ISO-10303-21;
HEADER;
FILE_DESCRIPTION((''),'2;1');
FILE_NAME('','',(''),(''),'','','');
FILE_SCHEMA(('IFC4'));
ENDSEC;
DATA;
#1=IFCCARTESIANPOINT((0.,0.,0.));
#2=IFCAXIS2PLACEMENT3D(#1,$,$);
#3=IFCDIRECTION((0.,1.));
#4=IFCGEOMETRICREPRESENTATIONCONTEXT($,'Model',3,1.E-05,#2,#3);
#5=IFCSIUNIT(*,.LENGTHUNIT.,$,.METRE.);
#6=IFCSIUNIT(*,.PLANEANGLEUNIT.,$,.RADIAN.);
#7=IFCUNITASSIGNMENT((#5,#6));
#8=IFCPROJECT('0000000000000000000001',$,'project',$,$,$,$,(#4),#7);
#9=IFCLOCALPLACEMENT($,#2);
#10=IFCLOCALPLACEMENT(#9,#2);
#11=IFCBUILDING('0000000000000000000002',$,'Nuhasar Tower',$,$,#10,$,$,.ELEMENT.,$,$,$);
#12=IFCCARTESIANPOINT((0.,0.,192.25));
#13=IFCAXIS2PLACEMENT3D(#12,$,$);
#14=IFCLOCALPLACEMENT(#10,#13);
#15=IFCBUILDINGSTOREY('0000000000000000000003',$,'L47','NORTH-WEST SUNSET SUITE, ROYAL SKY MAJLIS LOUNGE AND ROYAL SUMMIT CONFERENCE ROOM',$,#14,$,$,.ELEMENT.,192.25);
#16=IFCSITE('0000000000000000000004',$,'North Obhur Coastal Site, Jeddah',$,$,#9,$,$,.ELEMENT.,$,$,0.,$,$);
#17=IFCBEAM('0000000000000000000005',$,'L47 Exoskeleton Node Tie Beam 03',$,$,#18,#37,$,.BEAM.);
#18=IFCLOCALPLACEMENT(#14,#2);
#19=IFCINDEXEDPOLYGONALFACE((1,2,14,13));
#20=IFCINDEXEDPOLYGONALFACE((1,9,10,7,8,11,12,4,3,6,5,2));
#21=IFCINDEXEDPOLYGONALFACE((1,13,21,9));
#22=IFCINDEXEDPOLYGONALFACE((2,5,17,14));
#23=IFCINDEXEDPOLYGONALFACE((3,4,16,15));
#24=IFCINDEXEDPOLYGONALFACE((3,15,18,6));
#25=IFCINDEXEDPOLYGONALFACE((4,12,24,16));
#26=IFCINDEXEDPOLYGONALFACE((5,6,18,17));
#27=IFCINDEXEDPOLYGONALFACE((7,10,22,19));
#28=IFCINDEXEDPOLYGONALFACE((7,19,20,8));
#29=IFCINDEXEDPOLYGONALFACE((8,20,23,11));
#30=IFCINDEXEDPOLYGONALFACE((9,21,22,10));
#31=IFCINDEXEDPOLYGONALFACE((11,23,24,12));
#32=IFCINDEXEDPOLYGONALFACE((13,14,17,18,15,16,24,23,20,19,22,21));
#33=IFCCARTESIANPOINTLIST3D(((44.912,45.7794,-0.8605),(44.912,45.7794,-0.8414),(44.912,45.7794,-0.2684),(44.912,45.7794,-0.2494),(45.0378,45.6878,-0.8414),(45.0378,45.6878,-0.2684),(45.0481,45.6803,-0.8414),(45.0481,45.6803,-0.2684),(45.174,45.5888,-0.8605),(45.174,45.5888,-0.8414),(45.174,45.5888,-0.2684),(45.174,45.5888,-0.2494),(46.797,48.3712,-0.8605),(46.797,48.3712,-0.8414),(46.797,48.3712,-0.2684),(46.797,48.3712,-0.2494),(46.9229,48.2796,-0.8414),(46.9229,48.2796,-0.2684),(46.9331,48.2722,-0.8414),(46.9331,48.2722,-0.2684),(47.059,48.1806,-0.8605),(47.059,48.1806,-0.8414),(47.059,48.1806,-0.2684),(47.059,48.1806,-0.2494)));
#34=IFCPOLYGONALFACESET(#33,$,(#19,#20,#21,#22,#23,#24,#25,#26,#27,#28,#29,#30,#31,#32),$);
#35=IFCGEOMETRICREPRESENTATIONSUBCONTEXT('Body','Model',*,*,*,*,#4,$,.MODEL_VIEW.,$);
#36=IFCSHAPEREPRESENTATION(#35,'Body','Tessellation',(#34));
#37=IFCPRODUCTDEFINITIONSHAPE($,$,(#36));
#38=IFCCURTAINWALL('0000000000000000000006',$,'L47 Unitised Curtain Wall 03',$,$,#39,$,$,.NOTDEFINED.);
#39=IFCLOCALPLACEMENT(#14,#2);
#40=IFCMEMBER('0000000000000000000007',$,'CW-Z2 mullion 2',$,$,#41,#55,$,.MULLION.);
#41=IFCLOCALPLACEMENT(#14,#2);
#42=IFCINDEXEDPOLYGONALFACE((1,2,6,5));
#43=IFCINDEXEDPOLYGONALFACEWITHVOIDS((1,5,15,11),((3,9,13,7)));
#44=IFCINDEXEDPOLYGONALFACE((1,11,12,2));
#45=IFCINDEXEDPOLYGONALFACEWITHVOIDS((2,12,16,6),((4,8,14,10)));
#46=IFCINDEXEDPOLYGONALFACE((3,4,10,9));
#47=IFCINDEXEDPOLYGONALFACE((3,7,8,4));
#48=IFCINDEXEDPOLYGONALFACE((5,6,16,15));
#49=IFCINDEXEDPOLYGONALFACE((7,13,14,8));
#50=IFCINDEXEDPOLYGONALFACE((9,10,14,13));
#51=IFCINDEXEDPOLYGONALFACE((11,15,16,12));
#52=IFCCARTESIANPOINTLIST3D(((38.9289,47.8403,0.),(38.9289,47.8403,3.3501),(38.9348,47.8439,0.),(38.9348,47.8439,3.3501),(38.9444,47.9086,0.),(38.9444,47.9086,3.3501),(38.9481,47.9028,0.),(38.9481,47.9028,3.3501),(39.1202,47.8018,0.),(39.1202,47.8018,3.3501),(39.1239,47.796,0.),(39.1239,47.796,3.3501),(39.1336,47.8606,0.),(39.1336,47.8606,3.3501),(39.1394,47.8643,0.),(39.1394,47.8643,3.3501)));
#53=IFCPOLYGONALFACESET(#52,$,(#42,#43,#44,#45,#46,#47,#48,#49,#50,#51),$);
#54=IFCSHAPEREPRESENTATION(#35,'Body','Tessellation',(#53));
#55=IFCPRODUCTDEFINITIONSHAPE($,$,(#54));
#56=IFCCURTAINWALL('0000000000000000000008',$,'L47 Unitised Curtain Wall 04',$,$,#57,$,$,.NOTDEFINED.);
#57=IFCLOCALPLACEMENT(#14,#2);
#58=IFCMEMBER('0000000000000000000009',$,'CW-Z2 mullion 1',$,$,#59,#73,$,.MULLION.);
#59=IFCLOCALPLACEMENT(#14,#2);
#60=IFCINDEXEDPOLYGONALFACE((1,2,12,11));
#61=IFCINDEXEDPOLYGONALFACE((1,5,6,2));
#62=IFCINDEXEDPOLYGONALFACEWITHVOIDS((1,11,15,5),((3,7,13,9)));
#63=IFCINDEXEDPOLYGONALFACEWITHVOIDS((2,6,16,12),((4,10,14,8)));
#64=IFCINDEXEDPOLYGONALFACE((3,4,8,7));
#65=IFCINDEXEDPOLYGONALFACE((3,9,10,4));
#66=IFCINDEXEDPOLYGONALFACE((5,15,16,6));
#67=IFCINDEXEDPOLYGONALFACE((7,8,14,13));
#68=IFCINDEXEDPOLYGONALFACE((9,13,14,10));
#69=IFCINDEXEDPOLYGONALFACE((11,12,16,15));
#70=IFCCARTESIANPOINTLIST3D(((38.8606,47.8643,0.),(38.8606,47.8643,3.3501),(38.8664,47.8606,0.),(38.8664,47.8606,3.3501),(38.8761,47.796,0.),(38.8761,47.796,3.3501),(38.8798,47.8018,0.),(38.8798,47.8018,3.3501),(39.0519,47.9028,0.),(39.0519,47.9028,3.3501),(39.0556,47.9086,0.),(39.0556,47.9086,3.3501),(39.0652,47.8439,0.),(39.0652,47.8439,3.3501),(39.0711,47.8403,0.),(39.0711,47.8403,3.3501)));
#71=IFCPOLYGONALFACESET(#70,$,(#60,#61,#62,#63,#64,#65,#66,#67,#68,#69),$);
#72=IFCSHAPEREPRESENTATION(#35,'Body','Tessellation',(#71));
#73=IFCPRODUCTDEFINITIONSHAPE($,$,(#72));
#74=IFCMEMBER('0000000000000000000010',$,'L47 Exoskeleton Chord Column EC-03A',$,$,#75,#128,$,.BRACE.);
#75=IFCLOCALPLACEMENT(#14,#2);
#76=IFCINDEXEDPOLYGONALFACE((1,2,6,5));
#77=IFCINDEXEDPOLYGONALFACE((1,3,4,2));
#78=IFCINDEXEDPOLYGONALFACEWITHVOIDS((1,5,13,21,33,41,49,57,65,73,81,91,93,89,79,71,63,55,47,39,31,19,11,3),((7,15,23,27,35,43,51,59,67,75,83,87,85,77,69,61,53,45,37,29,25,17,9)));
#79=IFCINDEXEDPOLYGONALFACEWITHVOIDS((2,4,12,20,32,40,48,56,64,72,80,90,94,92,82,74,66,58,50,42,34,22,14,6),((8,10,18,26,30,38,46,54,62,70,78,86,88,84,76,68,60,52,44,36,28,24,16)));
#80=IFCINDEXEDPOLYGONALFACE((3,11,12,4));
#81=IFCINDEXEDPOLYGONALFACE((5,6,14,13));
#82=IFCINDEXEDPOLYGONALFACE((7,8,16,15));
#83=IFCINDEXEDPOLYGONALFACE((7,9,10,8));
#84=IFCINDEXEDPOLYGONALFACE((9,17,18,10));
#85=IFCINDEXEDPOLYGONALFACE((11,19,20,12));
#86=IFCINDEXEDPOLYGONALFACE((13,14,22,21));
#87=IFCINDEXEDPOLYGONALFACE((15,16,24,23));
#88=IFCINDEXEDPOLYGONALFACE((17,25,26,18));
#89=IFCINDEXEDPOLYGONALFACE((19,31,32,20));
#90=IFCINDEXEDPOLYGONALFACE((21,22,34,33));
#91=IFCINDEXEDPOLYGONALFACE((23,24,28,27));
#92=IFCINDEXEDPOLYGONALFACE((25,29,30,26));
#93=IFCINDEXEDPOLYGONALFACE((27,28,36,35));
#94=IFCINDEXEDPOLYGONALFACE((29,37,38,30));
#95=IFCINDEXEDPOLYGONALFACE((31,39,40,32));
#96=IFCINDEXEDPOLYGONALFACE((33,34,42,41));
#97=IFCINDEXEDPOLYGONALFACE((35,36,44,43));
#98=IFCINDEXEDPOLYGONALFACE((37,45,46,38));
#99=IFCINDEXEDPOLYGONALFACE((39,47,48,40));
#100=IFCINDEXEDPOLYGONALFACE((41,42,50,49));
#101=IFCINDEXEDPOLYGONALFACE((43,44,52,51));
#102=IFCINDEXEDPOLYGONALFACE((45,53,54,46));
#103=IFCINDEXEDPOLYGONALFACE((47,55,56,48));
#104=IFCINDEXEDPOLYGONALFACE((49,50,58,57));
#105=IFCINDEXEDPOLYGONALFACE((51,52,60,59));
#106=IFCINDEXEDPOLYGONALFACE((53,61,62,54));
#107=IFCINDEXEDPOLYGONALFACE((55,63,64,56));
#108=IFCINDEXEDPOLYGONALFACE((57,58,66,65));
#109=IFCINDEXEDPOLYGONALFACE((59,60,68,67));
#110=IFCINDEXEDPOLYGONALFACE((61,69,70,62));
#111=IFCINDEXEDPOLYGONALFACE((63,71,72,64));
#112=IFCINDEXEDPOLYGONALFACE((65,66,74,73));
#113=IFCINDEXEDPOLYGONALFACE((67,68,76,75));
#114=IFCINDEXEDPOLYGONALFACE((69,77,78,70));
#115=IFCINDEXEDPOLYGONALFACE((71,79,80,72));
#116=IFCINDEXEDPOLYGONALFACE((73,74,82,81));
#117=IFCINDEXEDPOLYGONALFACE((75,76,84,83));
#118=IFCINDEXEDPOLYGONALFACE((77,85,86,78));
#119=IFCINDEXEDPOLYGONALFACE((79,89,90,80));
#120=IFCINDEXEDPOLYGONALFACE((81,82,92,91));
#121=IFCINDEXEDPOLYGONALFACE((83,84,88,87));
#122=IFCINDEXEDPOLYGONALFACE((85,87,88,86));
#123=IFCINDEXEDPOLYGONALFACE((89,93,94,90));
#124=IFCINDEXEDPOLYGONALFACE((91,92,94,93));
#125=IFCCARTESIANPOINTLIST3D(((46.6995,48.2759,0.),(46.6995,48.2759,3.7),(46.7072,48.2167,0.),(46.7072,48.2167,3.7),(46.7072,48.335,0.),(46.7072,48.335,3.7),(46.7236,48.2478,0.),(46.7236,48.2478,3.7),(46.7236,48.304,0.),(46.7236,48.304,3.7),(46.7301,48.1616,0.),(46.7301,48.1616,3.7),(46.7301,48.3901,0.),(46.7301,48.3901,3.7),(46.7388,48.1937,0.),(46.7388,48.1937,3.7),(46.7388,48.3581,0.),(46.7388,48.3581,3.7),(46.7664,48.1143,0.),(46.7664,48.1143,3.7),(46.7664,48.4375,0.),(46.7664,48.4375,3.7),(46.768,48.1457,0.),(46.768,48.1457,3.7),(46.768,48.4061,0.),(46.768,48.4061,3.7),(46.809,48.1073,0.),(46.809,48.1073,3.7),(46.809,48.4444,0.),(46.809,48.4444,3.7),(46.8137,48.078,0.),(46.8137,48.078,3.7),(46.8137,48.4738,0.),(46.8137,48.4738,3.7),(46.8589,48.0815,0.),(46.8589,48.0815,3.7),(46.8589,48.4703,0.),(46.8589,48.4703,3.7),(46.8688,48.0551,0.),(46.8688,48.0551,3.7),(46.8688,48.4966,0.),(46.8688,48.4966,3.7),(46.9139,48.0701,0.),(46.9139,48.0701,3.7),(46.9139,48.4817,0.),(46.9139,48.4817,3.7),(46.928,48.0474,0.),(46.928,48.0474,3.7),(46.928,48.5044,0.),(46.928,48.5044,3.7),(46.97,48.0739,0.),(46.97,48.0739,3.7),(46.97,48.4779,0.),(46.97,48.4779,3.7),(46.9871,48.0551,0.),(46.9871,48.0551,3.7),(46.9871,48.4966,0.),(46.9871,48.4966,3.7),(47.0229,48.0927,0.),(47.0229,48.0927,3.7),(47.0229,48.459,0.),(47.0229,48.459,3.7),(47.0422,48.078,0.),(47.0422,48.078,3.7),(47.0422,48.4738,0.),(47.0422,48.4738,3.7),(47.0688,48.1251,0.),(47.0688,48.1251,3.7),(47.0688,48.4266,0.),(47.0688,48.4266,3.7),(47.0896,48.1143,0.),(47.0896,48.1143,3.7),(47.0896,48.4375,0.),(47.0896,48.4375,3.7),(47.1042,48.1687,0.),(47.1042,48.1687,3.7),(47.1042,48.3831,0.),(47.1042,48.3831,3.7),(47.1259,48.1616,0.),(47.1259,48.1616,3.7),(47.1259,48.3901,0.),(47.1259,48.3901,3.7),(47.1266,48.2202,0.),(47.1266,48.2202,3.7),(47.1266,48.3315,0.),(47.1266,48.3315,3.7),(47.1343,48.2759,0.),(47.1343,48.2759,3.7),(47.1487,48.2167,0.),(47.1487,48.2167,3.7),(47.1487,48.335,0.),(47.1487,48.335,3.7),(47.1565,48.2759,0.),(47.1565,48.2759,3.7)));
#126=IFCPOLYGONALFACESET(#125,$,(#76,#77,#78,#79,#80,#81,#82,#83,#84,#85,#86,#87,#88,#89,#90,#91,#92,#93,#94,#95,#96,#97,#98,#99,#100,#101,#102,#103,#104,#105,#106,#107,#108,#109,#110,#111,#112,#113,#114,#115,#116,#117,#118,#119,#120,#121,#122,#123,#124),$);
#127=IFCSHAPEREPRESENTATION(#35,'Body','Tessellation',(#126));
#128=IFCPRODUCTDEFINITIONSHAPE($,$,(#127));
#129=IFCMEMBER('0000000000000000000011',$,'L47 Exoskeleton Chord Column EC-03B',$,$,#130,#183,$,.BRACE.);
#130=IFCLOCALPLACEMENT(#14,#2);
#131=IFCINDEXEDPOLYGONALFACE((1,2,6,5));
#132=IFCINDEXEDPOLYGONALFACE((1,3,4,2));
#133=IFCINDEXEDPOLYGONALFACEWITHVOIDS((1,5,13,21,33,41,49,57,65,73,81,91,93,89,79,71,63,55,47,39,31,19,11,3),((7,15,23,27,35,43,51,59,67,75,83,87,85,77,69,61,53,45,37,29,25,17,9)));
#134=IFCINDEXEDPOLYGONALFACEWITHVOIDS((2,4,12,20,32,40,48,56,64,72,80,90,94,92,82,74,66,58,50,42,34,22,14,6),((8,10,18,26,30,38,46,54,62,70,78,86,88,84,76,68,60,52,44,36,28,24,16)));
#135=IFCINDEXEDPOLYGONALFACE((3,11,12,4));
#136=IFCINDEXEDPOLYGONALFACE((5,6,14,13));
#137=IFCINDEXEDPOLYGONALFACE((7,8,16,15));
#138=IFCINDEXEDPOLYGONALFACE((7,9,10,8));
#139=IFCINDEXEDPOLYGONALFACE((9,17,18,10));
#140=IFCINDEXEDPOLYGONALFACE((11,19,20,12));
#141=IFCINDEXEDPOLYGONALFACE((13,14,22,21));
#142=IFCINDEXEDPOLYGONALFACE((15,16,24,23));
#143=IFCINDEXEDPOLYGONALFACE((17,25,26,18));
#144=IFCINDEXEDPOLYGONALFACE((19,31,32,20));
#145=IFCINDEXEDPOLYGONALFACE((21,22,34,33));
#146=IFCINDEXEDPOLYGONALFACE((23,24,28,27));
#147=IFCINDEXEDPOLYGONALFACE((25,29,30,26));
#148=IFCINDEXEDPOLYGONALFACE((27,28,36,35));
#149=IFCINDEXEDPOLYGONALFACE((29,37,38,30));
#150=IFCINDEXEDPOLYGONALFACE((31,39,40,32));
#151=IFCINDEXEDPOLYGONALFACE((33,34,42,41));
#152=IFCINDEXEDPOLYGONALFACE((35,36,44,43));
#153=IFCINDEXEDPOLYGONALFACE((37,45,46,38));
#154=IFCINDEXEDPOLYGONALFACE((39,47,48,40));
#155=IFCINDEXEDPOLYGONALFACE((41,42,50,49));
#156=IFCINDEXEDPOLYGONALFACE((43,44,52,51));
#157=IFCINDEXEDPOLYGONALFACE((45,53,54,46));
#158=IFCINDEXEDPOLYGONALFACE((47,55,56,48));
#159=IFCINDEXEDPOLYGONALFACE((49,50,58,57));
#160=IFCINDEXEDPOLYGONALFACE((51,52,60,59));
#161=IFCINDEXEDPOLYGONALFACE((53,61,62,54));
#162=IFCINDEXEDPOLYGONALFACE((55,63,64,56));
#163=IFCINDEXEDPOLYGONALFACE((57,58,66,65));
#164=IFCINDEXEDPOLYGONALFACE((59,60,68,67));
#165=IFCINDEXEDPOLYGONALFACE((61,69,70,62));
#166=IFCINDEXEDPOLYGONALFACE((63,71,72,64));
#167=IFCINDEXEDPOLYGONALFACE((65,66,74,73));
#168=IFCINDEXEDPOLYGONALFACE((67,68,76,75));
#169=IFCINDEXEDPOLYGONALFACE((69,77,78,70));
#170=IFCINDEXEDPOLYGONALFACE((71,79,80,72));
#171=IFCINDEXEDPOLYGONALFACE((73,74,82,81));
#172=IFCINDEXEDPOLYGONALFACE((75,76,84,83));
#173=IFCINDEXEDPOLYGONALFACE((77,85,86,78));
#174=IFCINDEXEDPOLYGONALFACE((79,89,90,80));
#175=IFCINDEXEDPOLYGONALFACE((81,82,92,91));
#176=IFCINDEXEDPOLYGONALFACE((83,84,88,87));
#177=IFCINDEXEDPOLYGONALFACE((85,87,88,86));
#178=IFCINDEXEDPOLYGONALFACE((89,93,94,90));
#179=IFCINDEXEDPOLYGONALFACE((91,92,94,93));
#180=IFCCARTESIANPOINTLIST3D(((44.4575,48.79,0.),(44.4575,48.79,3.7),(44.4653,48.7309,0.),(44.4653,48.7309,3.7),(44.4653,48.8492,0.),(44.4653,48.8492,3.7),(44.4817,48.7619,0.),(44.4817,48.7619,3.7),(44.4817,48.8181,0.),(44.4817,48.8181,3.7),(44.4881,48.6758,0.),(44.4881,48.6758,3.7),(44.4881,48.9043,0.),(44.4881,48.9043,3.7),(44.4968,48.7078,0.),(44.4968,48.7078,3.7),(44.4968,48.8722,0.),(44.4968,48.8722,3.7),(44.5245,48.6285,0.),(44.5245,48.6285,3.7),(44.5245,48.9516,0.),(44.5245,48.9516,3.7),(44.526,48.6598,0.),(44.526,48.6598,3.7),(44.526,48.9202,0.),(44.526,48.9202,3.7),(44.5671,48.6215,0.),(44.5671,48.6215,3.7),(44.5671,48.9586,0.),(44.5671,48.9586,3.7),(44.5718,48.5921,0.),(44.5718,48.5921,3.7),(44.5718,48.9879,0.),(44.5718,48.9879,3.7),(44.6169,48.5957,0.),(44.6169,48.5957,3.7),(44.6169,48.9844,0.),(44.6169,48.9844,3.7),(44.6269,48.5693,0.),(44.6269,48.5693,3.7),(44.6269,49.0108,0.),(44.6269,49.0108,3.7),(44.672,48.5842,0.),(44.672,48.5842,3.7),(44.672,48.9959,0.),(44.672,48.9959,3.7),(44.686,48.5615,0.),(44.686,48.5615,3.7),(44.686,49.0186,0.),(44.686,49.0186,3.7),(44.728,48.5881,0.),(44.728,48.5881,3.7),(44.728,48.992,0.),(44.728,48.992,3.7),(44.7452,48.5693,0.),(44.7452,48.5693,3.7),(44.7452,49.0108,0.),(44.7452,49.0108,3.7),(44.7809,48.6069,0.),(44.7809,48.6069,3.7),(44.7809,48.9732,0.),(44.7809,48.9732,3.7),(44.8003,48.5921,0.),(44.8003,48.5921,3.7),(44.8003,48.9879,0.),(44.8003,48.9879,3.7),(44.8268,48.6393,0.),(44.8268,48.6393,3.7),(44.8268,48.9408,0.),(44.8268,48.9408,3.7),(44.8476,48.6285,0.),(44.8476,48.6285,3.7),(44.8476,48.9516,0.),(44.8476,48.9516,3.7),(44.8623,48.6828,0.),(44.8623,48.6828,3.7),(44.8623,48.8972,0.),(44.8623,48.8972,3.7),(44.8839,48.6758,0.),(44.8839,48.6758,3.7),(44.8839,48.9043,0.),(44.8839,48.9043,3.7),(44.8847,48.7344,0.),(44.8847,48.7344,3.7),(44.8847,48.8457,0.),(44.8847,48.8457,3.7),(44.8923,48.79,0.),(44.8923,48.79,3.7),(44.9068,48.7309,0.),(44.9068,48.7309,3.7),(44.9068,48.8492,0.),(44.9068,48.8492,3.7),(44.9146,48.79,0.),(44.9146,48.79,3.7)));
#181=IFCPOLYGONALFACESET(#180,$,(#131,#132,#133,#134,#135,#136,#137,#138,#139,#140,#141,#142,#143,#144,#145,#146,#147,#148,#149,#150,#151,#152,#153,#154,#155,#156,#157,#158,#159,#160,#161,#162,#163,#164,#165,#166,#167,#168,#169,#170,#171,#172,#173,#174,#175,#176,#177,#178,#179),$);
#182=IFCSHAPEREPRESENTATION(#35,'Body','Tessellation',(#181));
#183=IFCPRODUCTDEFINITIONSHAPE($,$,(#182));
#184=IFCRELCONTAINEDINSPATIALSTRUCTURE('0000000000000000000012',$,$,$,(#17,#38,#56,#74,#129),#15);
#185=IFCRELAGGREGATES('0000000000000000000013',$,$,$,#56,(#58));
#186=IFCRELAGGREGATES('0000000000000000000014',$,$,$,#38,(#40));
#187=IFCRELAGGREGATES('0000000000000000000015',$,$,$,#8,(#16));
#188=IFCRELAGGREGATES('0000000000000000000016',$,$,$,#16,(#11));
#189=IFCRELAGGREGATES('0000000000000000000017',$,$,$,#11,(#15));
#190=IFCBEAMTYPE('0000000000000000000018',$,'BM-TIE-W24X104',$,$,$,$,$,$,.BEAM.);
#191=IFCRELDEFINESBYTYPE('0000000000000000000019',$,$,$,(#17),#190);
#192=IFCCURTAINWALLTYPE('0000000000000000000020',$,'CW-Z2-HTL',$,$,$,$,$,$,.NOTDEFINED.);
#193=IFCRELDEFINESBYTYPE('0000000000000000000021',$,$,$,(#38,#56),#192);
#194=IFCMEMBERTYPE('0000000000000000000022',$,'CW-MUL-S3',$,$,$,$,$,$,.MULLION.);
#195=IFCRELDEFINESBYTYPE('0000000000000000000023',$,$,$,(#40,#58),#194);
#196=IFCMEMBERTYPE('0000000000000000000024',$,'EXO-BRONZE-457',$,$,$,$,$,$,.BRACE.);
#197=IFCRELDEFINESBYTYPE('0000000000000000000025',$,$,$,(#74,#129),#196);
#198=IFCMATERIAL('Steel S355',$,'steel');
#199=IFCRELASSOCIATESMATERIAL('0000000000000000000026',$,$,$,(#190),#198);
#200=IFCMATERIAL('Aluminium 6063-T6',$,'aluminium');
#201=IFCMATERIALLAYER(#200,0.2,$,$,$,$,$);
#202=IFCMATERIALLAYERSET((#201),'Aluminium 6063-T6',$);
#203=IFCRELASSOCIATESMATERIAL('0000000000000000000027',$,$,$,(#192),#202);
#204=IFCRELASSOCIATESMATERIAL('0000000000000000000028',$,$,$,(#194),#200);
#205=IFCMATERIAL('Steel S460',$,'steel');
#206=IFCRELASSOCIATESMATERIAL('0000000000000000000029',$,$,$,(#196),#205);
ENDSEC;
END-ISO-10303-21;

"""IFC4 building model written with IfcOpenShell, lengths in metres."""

from ifc_helpers import new_model, si_unit, direction, frame, origin, origin_2d, place, context, subcontext, project, spatial, hollow_rectangle, hollow_circle, i_section, extrude, material, layer, layer_set, material_profile, profile_set, type_object, element, aggregate, save


model = new_model("IFC4")

# Units and contexts
model_context = context("Model", 3, precision=1e-05, world=origin(), true_north=direction((0.0, 1.0)))
body_context = subcontext(model_context, "Body", "Model", "MODEL_VIEW")
ifc_project = project(units=[si_unit("LENGTHUNIT", "METRE"), si_unit("PLANEANGLEUNIT", "RADIAN")], contexts=[model_context])

# Site, building, storey
site_placement = place(None, origin())
site = spatial("IfcSite", under=ifc_project, at=site_placement, Name="North Obhur Coastal Site, Jeddah", CompositionType="ELEMENT", RefElevation=0.0)
building_placement = place(site_placement, origin())
building = spatial("IfcBuilding", under=site, at=building_placement, Name="Nuhasar Tower", CompositionType="ELEMENT")
storey_placement = place(building_placement, frame((0.0, 0.0, 192.25)))
storey = spatial("IfcBuildingStorey", under=building, at=storey_placement, Name="L47", Description="NORTH-WEST SUNSET SUITE, ROYAL SKY MAJLIS LOUNGE AND ROYAL SUMMIT CONFERENCE ROOM", CompositionType="ELEMENT", Elevation=192.25)

# Beam
ifc_material_1 = material(Name="Steel S355", Category="steel")
ifc_material_profile_1 = material_profile(ifc_material_1, i_section(OverallWidth=0.324, OverallDepth=0.6111, WebThickness=0.0127, FlangeThickness=0.019, at=origin_2d()), Name="W24X104")
ifc_profile_set_1 = profile_set([ifc_material_profile_1], Name="Steel S355")
beam_type_1 = type_object("IfcBeamType", Name="BM-TIE-W24X104", PredefinedType="BEAM", material=ifc_profile_set_1)
beam_1_placement = place(storey_placement, frame((45.043, 45.6841, -0.5549), z_axis=(0.588185, 0.808726, 0.0), x_axis=(-0.808726, 0.588185, 0.0)))
element("IfcBeam", 1, at=beam_1_placement, inside=storey, type_object=beam_type_1, Name="L47 Exoskeleton Node Tie Beam 03", PredefinedType="BEAM", context=body_context, shape_type="SweptSolid", body=[
    extrude(i_section(OverallWidth=0.324, OverallDepth=0.6111, WebThickness=0.0127, FlangeThickness=0.019, at=origin_2d()), origin(), (0.0, 0.0, 1.0), 3.2048),
])

# Curtain walls, members
ifc_material_2 = material(Name="Aluminium 6063-T6", Category="aluminium")
ifc_layer_1 = layer(ifc_material_2, 0.2)
ifc_layer_set_1 = layer_set([ifc_layer_1], Name="Aluminium 6063-T6")
curtain_wall_type = type_object("IfcCurtainWallType", Name="CW-Z2-HTL", PredefinedType="NOTDEFINED", material=ifc_layer_set_1)
curtain_wall_1_placement = place(storey_placement, origin())
curtain_wall_1 = element("IfcCurtainWall", 2, at=curtain_wall_1_placement, inside=storey, type_object=curtain_wall_type, Name="L47 Unitised Curtain Wall 03", PredefinedType="NOTDEFINED")
ifc_material_profile_2 = material_profile(ifc_material_2, hollow_rectangle(XDim=0.0701, YDim=0.2, WallThickness=0.0049, at=origin_2d()), Name="CWM-3")
ifc_profile_set_2 = profile_set([ifc_material_profile_2], Name="Aluminium 6063-T6")
member_type_1 = type_object("IfcMemberType", Name="CW-MUL-S3", PredefinedType="MULLION", material=ifc_profile_set_2)
member_1_placement = place(storey_placement, frame((39.0342, 47.8523, 0.0), z_axis=(0.0, 0.0, 1.0), x_axis=(-0.221397, -0.975184, 0.0)))
member_1 = element("IfcMember", 3, at=member_1_placement, type_object=member_type_1, Name="CW-Z2 mullion 2", PredefinedType="MULLION", context=body_context, shape_type="SweptSolid", body=[
    extrude(hollow_rectangle(XDim=0.0701, YDim=0.2, WallThickness=0.0049, at=origin_2d()), origin(), (0.0, 0.0, 1.0), 3.3501),
])
curtain_wall_2_placement = place(storey_placement, origin())
curtain_wall_2 = element("IfcCurtainWall", 4, at=curtain_wall_2_placement, inside=storey, type_object=curtain_wall_type, Name="L47 Unitised Curtain Wall 04", PredefinedType="NOTDEFINED")
member_2_placement = place(storey_placement, frame((38.9658, 47.8523, 0.0), z_axis=(0.0, 0.0, 1.0), x_axis=(0.221397, -0.975184, 0.0)))
member_2 = element("IfcMember", 5, at=member_2_placement, type_object=member_type_1, Name="CW-Z2 mullion 1", PredefinedType="MULLION", context=body_context, shape_type="SweptSolid", body=[
    extrude(hollow_rectangle(XDim=0.0701, YDim=0.2, WallThickness=0.0049, at=origin_2d()), origin(), (0.0, 0.0, 1.0), 3.3501),
])
aggregate(curtain_wall_2, [member_2])

# Members
ifc_material_3 = material(Name="Steel S460", Category="steel")
ifc_material_profile_3 = material_profile(ifc_material_3, hollow_circle(Radius=0.2285, WallThickness=0.0222, at=origin_2d()), Name="HSS457X22.2")
ifc_profile_set_3 = profile_set([ifc_material_profile_3], Name="Steel S460")
member_type_2 = type_object("IfcMemberType", Name="EXO-BRONZE-457", PredefinedType="BRACE", material=ifc_profile_set_3)
for number, where, z_axis, x_axis, name in (
    (6, (46.928, 48.2759, 0.0), (0.0, 0.0, 1.0), (1.0, 0.0, 0.0), "L47 Exoskeleton Chord Column EC-03A"),
    (7, (44.686, 48.79, 0.0), (0.0, 0.0, 1.0), (1.0, 0.0, 0.0), "L47 Exoskeleton Chord Column EC-03B"),
):
    element("IfcMember", number, at=place(storey_placement, frame(where, z_axis=z_axis, x_axis=x_axis)), inside=storey, type_object=member_type_2, Name=name, PredefinedType="BRACE", context=body_context, shape_type="SweptSolid", body=[
        extrude(hollow_circle(Radius=0.2285, WallThickness=0.0222, at=origin_2d()), origin(), (0.0, 0.0, 1.0), 3.7),
    ])

aggregate(curtain_wall_1, [member_1])

save(model, "model.ifc")
